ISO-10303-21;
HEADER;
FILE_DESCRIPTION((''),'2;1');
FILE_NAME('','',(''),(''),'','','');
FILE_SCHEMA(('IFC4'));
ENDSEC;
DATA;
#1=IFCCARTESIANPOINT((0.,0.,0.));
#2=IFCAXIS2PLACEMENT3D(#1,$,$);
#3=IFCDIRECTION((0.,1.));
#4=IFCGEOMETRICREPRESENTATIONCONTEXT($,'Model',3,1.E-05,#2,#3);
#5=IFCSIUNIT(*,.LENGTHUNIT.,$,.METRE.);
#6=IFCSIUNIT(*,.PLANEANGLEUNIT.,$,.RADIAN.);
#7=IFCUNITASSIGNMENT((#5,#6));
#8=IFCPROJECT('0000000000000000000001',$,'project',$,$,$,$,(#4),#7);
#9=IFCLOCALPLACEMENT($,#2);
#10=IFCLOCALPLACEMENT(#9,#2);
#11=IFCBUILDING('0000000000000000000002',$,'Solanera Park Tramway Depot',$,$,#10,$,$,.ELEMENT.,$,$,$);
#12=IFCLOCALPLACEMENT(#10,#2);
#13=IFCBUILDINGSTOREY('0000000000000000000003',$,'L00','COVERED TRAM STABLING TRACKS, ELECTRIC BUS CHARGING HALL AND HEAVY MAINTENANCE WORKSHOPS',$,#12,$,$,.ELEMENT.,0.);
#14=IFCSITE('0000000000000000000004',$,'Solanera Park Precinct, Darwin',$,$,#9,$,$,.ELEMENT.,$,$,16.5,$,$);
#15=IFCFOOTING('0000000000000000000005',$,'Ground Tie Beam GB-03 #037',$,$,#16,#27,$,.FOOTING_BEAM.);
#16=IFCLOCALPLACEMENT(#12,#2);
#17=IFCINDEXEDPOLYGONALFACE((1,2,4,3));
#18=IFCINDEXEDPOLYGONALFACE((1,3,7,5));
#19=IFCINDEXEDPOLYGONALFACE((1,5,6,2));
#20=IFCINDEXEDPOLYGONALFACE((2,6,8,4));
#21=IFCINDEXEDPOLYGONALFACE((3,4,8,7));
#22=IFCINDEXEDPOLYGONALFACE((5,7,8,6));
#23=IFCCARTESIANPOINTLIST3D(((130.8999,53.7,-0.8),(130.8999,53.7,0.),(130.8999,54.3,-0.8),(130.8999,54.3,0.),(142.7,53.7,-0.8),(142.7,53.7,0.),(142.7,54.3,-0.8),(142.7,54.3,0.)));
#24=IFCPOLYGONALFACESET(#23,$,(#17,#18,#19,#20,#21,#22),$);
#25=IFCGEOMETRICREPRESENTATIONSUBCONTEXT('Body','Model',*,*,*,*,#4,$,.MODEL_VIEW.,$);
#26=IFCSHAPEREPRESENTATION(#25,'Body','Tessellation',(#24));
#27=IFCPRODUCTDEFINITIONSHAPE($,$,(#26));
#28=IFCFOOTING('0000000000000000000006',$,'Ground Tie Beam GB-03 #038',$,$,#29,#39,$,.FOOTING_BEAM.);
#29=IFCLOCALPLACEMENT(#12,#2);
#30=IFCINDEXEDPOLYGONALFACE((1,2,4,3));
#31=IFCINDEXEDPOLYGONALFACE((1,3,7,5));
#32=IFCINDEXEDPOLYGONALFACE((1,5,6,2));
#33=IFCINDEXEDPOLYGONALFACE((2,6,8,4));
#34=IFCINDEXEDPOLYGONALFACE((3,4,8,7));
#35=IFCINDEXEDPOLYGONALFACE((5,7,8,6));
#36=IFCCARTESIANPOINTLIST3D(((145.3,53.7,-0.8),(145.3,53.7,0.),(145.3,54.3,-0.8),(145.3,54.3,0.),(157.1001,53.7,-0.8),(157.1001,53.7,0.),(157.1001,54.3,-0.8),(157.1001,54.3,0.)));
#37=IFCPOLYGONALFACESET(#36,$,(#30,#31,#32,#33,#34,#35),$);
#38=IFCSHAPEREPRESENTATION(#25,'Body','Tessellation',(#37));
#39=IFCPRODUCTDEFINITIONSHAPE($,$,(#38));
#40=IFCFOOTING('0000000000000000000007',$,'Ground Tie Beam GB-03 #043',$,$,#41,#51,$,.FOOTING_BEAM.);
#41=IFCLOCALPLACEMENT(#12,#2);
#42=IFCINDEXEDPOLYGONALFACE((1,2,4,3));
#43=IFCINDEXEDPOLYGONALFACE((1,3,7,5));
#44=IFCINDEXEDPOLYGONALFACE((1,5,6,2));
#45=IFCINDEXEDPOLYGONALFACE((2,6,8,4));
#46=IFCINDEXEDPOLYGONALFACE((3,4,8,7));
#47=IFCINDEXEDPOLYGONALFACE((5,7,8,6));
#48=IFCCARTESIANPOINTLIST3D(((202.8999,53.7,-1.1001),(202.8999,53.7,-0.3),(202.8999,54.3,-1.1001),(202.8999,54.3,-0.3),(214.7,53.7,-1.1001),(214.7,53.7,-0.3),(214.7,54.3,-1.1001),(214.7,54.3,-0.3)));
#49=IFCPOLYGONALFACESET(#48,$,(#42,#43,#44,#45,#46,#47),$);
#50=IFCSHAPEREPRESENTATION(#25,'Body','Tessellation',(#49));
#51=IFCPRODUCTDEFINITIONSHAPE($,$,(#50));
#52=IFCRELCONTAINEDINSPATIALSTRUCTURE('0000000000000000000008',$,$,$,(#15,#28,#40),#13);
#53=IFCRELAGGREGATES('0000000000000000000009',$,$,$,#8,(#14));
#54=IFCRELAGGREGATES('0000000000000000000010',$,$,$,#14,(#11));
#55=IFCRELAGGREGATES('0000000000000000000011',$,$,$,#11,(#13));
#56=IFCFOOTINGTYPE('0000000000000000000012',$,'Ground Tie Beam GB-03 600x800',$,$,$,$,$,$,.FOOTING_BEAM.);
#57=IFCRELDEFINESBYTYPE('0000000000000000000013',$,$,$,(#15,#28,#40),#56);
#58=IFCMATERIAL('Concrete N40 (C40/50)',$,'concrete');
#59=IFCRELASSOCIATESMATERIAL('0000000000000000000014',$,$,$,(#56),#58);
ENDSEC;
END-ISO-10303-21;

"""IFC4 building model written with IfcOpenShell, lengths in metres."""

from ifc_helpers import new_model, si_unit, direction, frame, origin, place, context, subcontext, project, spatial, polyline, outline, extrude, material, type_object, element, save


model = new_model("IFC4")

# Units and contexts
model_context = context("Model", 3, precision=1e-05, world=origin(), true_north=direction((0.0, 1.0)))
body_context = subcontext(model_context, "Body", "Model", "MODEL_VIEW")
ifc_project = project(units=[si_unit("LENGTHUNIT", "METRE"), si_unit("PLANEANGLEUNIT", "RADIAN")], contexts=[model_context])

# Site, building, storey
site_placement = place(None, origin())
site = spatial("IfcSite", under=ifc_project, at=site_placement, Name="Solanera Park Precinct, Darwin", CompositionType="ELEMENT", RefElevation=16.5)
building_placement = place(site_placement, origin())
building = spatial("IfcBuilding", under=site, at=building_placement, Name="Solanera Park Tramway Depot", CompositionType="ELEMENT")
storey_placement = place(building_placement, origin())
storey = spatial("IfcBuildingStorey", under=building, at=storey_placement, Name="L00", Description="COVERED TRAM STABLING TRACKS, ELECTRIC BUS CHARGING HALL AND HEAVY MAINTENANCE WORKSHOPS", CompositionType="ELEMENT", Elevation=0.0)

# Footings
ifc_material_1 = material(Name="Concrete N40 (C40/50)", Category="concrete")
footing_type_1 = type_object("IfcFootingType", Name="Ground Tie Beam GB-03 600x800", PredefinedType="FOOTING_BEAM", material=ifc_material_1)
footing_1_placement = place(storey_placement, frame((0.0, 0.0, -0.8)))
element("IfcFooting", 1, at=footing_1_placement, inside=storey, type_object=footing_type_1, Name="Ground Tie Beam GB-03 #037", PredefinedType="FOOTING_BEAM", context=body_context, shape_type="SweptSolid", body=[
    extrude(outline(polyline([(142.7, 53.7), (142.7, 54.3), (130.8999, 54.3), (130.8999, 53.7), (142.7, 53.7)])), origin(), (0.0, 0.0, 1.0), 0.8),
])
footing_2_placement = place(storey_placement, frame((0.0, 0.0, -0.8)))
element("IfcFooting", 2, at=footing_2_placement, inside=storey, type_object=footing_type_1, Name="Ground Tie Beam GB-03 #038", PredefinedType="FOOTING_BEAM", context=body_context, shape_type="SweptSolid", body=[
    extrude(outline(polyline([(157.1001, 53.7), (157.1001, 54.3), (145.3, 54.3), (145.3, 53.7), (157.1001, 53.7)])), origin(), (0.0, 0.0, 1.0), 0.8),
])
footing_3_placement = place(storey_placement, frame((0.0, 0.0, -1.1001)))
element("IfcFooting", 3, at=footing_3_placement, inside=storey, type_object=footing_type_1, Name="Ground Tie Beam GB-03 #043", PredefinedType="FOOTING_BEAM", context=body_context, shape_type="SweptSolid", body=[
    extrude(outline(polyline([(214.7, 53.7), (214.7, 54.3), (202.8999, 54.3), (202.8999, 53.7), (214.7, 53.7)])), origin(), (0.0, 0.0, 1.0), 0.8),
])

save(model, "model.ifc")
